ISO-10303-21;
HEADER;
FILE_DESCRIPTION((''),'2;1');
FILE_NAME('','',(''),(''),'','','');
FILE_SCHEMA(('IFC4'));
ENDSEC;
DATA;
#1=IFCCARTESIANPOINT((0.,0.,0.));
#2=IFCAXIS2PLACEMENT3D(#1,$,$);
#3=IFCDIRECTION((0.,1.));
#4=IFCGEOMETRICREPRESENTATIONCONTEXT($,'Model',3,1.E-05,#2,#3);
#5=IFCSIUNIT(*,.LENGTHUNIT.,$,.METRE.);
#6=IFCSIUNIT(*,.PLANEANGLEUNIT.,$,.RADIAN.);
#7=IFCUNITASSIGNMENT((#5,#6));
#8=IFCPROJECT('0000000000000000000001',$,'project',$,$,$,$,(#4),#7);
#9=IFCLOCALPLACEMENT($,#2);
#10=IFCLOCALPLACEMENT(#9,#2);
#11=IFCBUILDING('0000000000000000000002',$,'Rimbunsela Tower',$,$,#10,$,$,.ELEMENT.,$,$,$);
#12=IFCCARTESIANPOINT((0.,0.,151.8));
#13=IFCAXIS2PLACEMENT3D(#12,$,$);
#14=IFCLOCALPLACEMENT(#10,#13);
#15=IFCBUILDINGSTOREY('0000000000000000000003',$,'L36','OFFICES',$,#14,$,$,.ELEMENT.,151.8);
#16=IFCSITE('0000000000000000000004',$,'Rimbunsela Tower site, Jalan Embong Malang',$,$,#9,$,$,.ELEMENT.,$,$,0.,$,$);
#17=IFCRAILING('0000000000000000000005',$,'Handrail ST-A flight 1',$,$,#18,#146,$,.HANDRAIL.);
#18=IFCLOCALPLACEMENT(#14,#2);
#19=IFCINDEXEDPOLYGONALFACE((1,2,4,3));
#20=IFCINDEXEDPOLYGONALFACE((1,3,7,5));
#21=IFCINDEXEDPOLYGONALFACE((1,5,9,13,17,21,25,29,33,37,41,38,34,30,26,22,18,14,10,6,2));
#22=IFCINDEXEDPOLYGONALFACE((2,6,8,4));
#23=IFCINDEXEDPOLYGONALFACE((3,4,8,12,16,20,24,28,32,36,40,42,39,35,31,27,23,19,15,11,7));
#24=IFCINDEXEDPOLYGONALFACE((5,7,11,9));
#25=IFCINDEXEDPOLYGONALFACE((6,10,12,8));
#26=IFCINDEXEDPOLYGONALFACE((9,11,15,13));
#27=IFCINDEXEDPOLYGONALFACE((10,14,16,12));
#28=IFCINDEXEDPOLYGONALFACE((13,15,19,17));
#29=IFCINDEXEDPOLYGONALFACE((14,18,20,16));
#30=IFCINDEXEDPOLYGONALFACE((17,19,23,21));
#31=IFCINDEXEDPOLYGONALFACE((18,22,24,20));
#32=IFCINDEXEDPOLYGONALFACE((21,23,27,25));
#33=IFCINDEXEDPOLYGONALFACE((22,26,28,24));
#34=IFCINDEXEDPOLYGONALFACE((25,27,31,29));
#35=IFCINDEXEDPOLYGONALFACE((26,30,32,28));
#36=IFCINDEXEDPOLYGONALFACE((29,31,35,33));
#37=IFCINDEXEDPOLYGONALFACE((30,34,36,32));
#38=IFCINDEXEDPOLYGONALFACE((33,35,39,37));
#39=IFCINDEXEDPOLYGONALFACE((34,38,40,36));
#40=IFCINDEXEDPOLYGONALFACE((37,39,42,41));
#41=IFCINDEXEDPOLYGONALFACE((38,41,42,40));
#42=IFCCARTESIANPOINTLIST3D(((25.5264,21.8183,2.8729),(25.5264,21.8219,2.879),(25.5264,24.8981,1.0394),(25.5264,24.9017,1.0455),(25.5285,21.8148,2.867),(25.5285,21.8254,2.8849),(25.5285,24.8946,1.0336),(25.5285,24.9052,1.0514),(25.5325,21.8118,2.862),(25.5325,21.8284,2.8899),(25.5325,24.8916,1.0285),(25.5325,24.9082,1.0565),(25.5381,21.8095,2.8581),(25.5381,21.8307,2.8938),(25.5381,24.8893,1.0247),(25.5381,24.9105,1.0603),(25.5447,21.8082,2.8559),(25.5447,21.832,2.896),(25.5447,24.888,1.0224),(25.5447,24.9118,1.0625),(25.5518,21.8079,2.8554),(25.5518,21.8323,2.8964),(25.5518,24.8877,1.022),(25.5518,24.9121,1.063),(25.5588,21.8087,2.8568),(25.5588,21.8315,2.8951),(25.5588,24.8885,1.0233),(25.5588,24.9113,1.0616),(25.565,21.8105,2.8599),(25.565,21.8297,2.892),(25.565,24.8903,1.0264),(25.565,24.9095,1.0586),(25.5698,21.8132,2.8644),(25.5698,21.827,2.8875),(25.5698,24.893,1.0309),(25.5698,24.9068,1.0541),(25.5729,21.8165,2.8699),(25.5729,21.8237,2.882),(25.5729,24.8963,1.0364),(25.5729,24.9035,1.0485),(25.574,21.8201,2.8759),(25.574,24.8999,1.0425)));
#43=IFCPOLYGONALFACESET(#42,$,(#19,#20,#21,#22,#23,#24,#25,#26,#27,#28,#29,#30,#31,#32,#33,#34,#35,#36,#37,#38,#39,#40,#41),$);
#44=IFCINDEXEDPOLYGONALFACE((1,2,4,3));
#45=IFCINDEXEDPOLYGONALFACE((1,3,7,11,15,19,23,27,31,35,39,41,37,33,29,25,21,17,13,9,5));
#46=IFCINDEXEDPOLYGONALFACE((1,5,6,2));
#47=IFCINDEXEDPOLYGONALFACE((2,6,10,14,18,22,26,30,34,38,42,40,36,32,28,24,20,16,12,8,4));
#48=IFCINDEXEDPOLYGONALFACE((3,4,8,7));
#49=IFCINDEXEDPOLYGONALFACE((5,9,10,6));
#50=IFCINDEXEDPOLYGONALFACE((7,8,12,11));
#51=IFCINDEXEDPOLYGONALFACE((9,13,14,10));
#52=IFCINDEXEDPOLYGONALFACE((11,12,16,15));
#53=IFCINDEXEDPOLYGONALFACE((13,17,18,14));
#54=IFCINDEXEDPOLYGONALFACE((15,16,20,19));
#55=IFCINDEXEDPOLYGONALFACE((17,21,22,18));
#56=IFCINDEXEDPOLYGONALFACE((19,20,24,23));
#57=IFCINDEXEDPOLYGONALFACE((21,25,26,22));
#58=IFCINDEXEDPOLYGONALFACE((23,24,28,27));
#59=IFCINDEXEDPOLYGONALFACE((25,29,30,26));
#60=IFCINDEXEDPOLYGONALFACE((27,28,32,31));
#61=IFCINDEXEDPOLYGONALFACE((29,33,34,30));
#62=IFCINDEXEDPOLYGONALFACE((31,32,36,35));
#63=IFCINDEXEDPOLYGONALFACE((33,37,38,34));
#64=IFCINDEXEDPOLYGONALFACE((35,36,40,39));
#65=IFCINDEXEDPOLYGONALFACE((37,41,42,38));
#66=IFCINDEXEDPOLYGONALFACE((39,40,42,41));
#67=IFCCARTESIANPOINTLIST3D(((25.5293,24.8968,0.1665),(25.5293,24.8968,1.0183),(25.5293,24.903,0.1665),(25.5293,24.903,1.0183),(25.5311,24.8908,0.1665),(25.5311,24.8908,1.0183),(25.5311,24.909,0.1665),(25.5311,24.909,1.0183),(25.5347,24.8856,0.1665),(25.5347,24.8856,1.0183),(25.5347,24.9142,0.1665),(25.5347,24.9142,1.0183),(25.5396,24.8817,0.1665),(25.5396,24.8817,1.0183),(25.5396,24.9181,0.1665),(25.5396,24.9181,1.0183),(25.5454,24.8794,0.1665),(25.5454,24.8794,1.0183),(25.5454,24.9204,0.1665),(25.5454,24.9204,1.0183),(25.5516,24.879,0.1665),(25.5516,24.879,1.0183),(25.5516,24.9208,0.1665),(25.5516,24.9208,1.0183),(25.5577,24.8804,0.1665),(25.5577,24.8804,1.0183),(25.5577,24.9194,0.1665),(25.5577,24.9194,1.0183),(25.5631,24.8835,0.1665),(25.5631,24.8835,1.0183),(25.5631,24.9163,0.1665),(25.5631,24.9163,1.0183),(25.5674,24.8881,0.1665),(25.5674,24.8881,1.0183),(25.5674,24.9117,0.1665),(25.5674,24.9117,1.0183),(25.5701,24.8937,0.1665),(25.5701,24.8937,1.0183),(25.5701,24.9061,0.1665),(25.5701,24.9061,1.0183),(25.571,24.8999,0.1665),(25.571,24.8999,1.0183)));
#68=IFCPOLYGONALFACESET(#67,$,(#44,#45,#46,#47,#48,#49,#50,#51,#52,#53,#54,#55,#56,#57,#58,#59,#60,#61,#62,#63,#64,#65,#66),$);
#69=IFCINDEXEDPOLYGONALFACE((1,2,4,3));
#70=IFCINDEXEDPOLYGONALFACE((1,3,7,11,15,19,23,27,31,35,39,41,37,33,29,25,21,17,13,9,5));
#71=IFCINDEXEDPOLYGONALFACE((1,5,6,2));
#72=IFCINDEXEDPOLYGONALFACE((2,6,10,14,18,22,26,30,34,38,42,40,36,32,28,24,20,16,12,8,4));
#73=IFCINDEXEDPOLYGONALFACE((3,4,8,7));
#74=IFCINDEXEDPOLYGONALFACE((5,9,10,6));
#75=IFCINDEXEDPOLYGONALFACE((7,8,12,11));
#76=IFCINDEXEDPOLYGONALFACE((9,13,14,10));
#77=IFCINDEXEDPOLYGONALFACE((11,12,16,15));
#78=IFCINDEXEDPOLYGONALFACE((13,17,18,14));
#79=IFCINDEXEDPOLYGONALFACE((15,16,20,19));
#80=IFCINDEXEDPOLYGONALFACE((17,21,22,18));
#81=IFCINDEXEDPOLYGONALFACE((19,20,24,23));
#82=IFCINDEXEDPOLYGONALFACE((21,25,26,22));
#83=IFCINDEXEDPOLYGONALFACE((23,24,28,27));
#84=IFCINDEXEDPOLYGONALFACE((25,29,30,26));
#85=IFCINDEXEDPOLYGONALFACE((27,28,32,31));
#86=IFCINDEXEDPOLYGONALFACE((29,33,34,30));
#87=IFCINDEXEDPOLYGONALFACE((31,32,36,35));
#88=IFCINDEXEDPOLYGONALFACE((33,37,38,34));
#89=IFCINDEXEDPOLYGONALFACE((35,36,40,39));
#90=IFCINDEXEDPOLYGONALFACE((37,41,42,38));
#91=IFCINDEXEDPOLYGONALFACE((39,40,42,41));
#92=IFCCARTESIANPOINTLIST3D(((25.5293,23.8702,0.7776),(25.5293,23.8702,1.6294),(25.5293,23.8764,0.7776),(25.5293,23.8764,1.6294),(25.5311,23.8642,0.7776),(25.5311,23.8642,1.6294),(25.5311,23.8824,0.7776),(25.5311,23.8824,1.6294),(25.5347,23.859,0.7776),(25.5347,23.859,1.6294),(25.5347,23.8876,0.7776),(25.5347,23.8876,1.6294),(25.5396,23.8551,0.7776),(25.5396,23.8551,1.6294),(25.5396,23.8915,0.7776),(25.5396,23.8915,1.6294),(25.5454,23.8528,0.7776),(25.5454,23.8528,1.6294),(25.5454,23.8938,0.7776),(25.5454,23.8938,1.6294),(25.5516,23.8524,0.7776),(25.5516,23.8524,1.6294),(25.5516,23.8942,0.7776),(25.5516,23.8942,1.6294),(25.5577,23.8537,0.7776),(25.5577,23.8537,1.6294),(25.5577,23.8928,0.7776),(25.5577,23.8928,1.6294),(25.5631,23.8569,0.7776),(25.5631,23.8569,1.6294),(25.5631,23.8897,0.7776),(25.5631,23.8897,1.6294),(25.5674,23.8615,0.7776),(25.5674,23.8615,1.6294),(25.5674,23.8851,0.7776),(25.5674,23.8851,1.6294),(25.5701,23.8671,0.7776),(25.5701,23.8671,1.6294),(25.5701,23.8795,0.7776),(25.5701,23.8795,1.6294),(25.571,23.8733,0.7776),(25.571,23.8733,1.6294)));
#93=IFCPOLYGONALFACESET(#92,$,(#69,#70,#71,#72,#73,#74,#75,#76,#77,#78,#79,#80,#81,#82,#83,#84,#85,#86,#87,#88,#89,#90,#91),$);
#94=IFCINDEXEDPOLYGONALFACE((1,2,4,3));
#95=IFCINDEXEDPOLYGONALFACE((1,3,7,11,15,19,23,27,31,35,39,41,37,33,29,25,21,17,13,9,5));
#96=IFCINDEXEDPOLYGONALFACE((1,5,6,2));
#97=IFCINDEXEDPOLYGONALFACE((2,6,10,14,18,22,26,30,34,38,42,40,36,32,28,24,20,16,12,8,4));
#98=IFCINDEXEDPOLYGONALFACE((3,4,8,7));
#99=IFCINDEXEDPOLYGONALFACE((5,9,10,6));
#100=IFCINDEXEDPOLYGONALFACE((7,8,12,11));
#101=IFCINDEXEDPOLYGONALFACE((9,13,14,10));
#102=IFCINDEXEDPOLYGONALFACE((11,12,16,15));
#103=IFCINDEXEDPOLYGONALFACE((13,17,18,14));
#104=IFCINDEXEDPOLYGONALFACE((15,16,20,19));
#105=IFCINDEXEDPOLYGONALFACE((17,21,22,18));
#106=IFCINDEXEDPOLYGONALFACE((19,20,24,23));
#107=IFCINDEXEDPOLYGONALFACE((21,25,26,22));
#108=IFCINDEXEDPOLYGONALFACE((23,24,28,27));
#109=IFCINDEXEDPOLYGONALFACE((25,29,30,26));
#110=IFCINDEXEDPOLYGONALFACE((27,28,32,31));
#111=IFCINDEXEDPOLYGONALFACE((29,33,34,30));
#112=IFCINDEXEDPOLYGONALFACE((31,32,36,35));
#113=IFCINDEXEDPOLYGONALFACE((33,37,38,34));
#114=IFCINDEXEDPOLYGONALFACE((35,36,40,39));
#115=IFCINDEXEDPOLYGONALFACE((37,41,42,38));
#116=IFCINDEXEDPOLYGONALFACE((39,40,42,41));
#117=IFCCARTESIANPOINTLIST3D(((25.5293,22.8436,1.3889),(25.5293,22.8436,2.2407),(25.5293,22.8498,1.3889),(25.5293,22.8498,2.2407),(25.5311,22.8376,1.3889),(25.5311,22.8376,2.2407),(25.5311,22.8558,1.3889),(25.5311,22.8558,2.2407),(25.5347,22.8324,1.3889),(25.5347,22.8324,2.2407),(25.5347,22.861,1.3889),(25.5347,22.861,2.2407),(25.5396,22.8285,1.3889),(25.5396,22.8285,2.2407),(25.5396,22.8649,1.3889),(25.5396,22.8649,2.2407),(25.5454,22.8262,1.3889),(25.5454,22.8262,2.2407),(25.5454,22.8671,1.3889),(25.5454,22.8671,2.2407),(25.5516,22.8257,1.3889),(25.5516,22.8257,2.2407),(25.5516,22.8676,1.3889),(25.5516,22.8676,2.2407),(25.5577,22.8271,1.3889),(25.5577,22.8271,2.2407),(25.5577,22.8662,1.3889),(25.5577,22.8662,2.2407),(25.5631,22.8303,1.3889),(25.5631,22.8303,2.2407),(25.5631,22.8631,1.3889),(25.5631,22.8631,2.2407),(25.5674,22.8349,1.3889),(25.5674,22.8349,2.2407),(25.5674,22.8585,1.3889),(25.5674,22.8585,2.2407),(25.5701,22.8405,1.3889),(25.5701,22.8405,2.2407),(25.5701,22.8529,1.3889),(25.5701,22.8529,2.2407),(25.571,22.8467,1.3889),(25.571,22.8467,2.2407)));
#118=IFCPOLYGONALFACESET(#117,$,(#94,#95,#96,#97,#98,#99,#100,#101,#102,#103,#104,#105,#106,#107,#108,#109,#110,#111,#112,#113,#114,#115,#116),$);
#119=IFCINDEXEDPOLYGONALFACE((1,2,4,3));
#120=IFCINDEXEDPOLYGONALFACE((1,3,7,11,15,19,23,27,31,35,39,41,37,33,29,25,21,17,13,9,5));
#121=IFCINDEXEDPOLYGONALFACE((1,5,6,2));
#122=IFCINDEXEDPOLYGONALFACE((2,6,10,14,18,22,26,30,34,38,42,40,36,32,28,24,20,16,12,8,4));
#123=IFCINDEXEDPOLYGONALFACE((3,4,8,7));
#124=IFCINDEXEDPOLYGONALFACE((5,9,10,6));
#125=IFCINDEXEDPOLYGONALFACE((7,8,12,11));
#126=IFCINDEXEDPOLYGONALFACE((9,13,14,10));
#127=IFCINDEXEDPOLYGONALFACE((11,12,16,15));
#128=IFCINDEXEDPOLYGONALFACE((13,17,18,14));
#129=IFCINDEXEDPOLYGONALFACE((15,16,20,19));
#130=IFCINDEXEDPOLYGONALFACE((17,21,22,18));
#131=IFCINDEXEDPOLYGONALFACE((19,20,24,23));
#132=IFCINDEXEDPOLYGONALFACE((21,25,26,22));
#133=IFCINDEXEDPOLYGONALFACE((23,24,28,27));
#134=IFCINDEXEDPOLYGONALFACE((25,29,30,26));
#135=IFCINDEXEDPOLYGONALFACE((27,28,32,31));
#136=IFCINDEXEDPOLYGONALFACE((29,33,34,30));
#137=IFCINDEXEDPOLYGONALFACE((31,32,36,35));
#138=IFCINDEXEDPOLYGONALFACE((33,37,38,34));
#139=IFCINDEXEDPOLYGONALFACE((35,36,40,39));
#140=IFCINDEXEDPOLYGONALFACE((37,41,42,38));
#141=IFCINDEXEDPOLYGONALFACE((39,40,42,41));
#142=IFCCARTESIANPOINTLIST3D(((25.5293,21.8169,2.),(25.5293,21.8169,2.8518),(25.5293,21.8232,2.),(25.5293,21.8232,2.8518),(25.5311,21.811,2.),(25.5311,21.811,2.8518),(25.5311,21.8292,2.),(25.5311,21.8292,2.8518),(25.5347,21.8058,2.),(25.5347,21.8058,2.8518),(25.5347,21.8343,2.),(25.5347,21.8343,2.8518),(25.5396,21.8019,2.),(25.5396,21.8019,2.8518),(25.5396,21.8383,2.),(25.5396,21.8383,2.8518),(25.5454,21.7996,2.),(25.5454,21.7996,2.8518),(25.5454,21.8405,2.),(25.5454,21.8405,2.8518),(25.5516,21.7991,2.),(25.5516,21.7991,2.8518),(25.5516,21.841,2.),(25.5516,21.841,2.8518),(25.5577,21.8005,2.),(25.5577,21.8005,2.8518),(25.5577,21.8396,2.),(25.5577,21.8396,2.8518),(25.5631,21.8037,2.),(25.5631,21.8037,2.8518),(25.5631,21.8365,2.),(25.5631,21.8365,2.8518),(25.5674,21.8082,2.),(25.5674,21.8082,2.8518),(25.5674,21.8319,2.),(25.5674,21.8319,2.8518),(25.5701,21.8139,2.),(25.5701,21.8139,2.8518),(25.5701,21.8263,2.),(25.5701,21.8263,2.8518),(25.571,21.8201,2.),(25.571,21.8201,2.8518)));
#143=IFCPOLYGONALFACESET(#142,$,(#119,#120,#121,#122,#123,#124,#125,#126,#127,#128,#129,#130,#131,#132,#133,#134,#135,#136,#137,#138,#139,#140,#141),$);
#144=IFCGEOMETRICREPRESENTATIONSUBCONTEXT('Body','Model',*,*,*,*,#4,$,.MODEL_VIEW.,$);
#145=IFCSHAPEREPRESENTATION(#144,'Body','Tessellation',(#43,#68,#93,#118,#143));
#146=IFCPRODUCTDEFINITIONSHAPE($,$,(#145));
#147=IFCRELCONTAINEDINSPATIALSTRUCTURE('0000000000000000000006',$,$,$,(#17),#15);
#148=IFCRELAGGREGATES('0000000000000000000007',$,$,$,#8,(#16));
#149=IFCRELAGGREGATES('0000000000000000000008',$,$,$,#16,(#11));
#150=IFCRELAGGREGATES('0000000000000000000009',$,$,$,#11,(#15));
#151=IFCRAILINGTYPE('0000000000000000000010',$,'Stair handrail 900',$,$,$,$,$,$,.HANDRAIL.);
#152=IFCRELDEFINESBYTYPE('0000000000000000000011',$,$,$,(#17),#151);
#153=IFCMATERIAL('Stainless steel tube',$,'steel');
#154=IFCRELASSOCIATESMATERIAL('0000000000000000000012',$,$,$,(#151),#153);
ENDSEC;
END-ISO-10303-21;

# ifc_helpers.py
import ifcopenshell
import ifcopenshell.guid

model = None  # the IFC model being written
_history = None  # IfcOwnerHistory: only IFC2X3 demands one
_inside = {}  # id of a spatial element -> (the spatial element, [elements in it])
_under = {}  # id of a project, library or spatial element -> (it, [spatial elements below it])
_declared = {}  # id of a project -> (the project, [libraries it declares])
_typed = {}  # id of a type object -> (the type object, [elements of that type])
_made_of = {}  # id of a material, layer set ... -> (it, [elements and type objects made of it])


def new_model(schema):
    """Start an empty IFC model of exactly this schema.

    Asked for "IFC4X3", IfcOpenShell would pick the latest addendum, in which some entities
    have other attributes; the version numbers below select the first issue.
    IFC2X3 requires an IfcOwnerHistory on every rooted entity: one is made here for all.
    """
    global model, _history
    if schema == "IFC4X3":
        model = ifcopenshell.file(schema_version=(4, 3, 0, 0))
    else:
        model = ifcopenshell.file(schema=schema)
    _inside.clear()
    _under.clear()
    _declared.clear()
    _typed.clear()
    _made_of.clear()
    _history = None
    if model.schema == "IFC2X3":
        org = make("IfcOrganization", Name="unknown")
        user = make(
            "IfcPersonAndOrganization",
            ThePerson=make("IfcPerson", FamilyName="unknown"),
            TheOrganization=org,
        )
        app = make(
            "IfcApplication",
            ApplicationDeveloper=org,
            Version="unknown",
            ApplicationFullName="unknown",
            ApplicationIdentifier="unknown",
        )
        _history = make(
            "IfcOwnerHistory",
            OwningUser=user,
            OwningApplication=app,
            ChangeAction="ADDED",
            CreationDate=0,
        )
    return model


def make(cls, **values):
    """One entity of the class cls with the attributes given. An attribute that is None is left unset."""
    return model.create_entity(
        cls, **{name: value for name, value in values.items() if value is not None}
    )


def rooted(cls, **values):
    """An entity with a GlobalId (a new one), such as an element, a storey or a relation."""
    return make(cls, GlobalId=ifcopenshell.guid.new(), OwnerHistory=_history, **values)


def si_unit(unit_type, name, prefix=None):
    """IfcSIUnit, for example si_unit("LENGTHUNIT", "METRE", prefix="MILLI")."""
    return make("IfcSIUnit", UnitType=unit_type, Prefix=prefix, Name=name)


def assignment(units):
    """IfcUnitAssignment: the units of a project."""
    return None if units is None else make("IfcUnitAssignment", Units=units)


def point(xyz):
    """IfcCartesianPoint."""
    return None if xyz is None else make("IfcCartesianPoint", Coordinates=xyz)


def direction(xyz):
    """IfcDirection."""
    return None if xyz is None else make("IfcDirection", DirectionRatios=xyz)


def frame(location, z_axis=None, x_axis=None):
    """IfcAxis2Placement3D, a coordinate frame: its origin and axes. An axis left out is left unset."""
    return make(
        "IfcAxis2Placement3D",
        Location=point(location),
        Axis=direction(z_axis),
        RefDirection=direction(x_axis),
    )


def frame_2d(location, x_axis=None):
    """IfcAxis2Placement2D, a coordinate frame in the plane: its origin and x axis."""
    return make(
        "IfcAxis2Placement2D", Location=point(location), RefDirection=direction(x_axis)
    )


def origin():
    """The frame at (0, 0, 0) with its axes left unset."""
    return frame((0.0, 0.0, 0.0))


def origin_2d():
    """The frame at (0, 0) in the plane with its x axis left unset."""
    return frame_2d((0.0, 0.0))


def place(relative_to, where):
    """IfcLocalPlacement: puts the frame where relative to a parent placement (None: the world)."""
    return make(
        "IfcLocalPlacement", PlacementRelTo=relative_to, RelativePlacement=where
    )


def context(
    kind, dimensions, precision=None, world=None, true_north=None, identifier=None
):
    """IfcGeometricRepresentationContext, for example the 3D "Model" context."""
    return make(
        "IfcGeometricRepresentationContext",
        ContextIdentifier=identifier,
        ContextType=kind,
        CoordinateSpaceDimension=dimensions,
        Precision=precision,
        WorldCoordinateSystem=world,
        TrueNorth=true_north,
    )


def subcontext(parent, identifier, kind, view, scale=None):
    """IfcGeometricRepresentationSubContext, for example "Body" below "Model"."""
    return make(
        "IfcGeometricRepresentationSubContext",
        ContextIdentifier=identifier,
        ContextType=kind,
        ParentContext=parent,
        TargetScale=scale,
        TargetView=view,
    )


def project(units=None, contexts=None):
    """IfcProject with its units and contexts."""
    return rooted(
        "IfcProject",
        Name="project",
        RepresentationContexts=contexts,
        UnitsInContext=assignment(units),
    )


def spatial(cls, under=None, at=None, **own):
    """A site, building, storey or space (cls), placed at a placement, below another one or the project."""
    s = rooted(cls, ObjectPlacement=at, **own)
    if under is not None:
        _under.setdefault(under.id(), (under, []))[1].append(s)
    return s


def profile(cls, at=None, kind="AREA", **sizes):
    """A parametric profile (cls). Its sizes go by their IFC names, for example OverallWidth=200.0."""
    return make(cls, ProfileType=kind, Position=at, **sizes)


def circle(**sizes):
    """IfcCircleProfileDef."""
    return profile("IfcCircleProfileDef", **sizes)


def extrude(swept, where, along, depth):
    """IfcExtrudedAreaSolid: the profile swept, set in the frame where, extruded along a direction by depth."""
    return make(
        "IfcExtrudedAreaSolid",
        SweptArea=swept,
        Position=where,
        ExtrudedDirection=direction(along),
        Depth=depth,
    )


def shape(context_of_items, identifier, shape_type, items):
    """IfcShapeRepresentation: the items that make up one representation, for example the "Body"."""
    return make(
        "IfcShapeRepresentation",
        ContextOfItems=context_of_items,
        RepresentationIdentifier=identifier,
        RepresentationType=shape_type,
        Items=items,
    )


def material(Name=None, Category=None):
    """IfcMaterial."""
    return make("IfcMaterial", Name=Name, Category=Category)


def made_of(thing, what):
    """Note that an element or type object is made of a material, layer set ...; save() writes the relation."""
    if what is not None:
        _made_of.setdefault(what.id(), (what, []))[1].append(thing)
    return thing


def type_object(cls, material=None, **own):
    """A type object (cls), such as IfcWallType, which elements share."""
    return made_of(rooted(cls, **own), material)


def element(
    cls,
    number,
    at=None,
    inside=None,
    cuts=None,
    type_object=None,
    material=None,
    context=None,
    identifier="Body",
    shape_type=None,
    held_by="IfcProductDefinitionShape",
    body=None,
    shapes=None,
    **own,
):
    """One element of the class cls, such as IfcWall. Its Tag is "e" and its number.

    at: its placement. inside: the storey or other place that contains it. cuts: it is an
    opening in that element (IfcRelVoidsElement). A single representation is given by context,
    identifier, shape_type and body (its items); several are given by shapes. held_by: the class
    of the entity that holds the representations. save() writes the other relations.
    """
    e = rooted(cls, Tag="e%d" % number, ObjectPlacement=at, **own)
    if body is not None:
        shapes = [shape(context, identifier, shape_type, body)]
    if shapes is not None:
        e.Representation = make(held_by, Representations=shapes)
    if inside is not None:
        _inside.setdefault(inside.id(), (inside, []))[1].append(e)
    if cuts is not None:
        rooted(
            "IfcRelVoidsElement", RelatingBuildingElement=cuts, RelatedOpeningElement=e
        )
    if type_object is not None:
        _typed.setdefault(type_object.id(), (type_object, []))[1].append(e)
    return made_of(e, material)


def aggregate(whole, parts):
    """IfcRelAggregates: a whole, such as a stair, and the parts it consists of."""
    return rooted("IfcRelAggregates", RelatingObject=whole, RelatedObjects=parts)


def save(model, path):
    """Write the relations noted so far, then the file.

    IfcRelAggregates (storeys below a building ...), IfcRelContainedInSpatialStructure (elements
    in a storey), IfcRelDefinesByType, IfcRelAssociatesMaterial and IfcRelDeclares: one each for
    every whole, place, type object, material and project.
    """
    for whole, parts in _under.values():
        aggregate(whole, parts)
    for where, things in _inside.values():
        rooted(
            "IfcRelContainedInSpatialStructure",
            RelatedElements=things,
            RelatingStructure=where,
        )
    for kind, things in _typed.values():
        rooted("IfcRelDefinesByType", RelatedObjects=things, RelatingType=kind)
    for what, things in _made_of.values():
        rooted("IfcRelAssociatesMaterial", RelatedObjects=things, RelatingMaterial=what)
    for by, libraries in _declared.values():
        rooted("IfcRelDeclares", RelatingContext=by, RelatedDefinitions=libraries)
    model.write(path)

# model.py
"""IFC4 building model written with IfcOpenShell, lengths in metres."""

from ifc_helpers import new_model, si_unit, direction, frame, origin, origin_2d, place, context, subcontext, project, spatial, circle, extrude, material, type_object, element, save


model = new_model("IFC4")

# Units and contexts
model_context = context("Model", 3, precision=1e-05, world=origin(), true_north=direction((0.0, 1.0)))
body_context = subcontext(model_context, "Body", "Model", "MODEL_VIEW")
ifc_project = project(units=[si_unit("LENGTHUNIT", "METRE"), si_unit("PLANEANGLEUNIT", "RADIAN")], contexts=[model_context])

# Site, building, storey
site_placement = place(None, origin())
site = spatial("IfcSite", under=ifc_project, at=site_placement, Name="Rimbunsela Tower site, Jalan Embong Malang", CompositionType="ELEMENT", RefElevation=0.0)
building_placement = place(site_placement, origin())
building = spatial("IfcBuilding", under=site, at=building_placement, Name="Rimbunsela Tower", CompositionType="ELEMENT")
storey_placement = place(building_placement, frame((0.0, 0.0, 151.8)))
storey = spatial("IfcBuildingStorey", under=building, at=storey_placement, Name="L36", Description="OFFICES", CompositionType="ELEMENT", Elevation=151.8)

# Railing
ifc_material_1 = material(Name="Stainless steel tube", Category="steel")
railing_type = type_object("IfcRailingType", Name="Stair handrail 900", PredefinedType="HANDRAIL", material=ifc_material_1)
railing_placement = place(storey_placement, frame((25.55, 24.8999, 0.1665)))
element("IfcRailing", 1, at=railing_placement, inside=storey, type_object=railing_type, Name="Handrail ST-A flight 1", PredefinedType="HANDRAIL", context=body_context, shape_type="SweptSolid", body=[
    extrude(circle(Radius=0.0239, at=origin_2d()), frame((0.0, 0.0, 0.876), z_axis=(0.0, -0.859261, 0.511538), x_axis=(1.0, 0.0, 0.0)), (0.0, 0.0, 1.0), 3.5842),
    extrude(circle(Radius=0.021, at=origin_2d()), origin(), (0.0, 0.0, 1.0), 0.8518),
    extrude(circle(Radius=0.021, at=origin_2d()), frame((0.0, -1.0266, 0.6111)), (0.0, 0.0, 1.0), 0.8518),
    extrude(circle(Radius=0.021, at=origin_2d()), frame((0.0, -2.0532, 1.2224)), (0.0, 0.0, 1.0), 0.8518),
    extrude(circle(Radius=0.021, at=origin_2d()), frame((0.0, -3.0798, 1.8335)), (0.0, 0.0, 1.0), 0.8518),
])

save(model, "model.ifc")
